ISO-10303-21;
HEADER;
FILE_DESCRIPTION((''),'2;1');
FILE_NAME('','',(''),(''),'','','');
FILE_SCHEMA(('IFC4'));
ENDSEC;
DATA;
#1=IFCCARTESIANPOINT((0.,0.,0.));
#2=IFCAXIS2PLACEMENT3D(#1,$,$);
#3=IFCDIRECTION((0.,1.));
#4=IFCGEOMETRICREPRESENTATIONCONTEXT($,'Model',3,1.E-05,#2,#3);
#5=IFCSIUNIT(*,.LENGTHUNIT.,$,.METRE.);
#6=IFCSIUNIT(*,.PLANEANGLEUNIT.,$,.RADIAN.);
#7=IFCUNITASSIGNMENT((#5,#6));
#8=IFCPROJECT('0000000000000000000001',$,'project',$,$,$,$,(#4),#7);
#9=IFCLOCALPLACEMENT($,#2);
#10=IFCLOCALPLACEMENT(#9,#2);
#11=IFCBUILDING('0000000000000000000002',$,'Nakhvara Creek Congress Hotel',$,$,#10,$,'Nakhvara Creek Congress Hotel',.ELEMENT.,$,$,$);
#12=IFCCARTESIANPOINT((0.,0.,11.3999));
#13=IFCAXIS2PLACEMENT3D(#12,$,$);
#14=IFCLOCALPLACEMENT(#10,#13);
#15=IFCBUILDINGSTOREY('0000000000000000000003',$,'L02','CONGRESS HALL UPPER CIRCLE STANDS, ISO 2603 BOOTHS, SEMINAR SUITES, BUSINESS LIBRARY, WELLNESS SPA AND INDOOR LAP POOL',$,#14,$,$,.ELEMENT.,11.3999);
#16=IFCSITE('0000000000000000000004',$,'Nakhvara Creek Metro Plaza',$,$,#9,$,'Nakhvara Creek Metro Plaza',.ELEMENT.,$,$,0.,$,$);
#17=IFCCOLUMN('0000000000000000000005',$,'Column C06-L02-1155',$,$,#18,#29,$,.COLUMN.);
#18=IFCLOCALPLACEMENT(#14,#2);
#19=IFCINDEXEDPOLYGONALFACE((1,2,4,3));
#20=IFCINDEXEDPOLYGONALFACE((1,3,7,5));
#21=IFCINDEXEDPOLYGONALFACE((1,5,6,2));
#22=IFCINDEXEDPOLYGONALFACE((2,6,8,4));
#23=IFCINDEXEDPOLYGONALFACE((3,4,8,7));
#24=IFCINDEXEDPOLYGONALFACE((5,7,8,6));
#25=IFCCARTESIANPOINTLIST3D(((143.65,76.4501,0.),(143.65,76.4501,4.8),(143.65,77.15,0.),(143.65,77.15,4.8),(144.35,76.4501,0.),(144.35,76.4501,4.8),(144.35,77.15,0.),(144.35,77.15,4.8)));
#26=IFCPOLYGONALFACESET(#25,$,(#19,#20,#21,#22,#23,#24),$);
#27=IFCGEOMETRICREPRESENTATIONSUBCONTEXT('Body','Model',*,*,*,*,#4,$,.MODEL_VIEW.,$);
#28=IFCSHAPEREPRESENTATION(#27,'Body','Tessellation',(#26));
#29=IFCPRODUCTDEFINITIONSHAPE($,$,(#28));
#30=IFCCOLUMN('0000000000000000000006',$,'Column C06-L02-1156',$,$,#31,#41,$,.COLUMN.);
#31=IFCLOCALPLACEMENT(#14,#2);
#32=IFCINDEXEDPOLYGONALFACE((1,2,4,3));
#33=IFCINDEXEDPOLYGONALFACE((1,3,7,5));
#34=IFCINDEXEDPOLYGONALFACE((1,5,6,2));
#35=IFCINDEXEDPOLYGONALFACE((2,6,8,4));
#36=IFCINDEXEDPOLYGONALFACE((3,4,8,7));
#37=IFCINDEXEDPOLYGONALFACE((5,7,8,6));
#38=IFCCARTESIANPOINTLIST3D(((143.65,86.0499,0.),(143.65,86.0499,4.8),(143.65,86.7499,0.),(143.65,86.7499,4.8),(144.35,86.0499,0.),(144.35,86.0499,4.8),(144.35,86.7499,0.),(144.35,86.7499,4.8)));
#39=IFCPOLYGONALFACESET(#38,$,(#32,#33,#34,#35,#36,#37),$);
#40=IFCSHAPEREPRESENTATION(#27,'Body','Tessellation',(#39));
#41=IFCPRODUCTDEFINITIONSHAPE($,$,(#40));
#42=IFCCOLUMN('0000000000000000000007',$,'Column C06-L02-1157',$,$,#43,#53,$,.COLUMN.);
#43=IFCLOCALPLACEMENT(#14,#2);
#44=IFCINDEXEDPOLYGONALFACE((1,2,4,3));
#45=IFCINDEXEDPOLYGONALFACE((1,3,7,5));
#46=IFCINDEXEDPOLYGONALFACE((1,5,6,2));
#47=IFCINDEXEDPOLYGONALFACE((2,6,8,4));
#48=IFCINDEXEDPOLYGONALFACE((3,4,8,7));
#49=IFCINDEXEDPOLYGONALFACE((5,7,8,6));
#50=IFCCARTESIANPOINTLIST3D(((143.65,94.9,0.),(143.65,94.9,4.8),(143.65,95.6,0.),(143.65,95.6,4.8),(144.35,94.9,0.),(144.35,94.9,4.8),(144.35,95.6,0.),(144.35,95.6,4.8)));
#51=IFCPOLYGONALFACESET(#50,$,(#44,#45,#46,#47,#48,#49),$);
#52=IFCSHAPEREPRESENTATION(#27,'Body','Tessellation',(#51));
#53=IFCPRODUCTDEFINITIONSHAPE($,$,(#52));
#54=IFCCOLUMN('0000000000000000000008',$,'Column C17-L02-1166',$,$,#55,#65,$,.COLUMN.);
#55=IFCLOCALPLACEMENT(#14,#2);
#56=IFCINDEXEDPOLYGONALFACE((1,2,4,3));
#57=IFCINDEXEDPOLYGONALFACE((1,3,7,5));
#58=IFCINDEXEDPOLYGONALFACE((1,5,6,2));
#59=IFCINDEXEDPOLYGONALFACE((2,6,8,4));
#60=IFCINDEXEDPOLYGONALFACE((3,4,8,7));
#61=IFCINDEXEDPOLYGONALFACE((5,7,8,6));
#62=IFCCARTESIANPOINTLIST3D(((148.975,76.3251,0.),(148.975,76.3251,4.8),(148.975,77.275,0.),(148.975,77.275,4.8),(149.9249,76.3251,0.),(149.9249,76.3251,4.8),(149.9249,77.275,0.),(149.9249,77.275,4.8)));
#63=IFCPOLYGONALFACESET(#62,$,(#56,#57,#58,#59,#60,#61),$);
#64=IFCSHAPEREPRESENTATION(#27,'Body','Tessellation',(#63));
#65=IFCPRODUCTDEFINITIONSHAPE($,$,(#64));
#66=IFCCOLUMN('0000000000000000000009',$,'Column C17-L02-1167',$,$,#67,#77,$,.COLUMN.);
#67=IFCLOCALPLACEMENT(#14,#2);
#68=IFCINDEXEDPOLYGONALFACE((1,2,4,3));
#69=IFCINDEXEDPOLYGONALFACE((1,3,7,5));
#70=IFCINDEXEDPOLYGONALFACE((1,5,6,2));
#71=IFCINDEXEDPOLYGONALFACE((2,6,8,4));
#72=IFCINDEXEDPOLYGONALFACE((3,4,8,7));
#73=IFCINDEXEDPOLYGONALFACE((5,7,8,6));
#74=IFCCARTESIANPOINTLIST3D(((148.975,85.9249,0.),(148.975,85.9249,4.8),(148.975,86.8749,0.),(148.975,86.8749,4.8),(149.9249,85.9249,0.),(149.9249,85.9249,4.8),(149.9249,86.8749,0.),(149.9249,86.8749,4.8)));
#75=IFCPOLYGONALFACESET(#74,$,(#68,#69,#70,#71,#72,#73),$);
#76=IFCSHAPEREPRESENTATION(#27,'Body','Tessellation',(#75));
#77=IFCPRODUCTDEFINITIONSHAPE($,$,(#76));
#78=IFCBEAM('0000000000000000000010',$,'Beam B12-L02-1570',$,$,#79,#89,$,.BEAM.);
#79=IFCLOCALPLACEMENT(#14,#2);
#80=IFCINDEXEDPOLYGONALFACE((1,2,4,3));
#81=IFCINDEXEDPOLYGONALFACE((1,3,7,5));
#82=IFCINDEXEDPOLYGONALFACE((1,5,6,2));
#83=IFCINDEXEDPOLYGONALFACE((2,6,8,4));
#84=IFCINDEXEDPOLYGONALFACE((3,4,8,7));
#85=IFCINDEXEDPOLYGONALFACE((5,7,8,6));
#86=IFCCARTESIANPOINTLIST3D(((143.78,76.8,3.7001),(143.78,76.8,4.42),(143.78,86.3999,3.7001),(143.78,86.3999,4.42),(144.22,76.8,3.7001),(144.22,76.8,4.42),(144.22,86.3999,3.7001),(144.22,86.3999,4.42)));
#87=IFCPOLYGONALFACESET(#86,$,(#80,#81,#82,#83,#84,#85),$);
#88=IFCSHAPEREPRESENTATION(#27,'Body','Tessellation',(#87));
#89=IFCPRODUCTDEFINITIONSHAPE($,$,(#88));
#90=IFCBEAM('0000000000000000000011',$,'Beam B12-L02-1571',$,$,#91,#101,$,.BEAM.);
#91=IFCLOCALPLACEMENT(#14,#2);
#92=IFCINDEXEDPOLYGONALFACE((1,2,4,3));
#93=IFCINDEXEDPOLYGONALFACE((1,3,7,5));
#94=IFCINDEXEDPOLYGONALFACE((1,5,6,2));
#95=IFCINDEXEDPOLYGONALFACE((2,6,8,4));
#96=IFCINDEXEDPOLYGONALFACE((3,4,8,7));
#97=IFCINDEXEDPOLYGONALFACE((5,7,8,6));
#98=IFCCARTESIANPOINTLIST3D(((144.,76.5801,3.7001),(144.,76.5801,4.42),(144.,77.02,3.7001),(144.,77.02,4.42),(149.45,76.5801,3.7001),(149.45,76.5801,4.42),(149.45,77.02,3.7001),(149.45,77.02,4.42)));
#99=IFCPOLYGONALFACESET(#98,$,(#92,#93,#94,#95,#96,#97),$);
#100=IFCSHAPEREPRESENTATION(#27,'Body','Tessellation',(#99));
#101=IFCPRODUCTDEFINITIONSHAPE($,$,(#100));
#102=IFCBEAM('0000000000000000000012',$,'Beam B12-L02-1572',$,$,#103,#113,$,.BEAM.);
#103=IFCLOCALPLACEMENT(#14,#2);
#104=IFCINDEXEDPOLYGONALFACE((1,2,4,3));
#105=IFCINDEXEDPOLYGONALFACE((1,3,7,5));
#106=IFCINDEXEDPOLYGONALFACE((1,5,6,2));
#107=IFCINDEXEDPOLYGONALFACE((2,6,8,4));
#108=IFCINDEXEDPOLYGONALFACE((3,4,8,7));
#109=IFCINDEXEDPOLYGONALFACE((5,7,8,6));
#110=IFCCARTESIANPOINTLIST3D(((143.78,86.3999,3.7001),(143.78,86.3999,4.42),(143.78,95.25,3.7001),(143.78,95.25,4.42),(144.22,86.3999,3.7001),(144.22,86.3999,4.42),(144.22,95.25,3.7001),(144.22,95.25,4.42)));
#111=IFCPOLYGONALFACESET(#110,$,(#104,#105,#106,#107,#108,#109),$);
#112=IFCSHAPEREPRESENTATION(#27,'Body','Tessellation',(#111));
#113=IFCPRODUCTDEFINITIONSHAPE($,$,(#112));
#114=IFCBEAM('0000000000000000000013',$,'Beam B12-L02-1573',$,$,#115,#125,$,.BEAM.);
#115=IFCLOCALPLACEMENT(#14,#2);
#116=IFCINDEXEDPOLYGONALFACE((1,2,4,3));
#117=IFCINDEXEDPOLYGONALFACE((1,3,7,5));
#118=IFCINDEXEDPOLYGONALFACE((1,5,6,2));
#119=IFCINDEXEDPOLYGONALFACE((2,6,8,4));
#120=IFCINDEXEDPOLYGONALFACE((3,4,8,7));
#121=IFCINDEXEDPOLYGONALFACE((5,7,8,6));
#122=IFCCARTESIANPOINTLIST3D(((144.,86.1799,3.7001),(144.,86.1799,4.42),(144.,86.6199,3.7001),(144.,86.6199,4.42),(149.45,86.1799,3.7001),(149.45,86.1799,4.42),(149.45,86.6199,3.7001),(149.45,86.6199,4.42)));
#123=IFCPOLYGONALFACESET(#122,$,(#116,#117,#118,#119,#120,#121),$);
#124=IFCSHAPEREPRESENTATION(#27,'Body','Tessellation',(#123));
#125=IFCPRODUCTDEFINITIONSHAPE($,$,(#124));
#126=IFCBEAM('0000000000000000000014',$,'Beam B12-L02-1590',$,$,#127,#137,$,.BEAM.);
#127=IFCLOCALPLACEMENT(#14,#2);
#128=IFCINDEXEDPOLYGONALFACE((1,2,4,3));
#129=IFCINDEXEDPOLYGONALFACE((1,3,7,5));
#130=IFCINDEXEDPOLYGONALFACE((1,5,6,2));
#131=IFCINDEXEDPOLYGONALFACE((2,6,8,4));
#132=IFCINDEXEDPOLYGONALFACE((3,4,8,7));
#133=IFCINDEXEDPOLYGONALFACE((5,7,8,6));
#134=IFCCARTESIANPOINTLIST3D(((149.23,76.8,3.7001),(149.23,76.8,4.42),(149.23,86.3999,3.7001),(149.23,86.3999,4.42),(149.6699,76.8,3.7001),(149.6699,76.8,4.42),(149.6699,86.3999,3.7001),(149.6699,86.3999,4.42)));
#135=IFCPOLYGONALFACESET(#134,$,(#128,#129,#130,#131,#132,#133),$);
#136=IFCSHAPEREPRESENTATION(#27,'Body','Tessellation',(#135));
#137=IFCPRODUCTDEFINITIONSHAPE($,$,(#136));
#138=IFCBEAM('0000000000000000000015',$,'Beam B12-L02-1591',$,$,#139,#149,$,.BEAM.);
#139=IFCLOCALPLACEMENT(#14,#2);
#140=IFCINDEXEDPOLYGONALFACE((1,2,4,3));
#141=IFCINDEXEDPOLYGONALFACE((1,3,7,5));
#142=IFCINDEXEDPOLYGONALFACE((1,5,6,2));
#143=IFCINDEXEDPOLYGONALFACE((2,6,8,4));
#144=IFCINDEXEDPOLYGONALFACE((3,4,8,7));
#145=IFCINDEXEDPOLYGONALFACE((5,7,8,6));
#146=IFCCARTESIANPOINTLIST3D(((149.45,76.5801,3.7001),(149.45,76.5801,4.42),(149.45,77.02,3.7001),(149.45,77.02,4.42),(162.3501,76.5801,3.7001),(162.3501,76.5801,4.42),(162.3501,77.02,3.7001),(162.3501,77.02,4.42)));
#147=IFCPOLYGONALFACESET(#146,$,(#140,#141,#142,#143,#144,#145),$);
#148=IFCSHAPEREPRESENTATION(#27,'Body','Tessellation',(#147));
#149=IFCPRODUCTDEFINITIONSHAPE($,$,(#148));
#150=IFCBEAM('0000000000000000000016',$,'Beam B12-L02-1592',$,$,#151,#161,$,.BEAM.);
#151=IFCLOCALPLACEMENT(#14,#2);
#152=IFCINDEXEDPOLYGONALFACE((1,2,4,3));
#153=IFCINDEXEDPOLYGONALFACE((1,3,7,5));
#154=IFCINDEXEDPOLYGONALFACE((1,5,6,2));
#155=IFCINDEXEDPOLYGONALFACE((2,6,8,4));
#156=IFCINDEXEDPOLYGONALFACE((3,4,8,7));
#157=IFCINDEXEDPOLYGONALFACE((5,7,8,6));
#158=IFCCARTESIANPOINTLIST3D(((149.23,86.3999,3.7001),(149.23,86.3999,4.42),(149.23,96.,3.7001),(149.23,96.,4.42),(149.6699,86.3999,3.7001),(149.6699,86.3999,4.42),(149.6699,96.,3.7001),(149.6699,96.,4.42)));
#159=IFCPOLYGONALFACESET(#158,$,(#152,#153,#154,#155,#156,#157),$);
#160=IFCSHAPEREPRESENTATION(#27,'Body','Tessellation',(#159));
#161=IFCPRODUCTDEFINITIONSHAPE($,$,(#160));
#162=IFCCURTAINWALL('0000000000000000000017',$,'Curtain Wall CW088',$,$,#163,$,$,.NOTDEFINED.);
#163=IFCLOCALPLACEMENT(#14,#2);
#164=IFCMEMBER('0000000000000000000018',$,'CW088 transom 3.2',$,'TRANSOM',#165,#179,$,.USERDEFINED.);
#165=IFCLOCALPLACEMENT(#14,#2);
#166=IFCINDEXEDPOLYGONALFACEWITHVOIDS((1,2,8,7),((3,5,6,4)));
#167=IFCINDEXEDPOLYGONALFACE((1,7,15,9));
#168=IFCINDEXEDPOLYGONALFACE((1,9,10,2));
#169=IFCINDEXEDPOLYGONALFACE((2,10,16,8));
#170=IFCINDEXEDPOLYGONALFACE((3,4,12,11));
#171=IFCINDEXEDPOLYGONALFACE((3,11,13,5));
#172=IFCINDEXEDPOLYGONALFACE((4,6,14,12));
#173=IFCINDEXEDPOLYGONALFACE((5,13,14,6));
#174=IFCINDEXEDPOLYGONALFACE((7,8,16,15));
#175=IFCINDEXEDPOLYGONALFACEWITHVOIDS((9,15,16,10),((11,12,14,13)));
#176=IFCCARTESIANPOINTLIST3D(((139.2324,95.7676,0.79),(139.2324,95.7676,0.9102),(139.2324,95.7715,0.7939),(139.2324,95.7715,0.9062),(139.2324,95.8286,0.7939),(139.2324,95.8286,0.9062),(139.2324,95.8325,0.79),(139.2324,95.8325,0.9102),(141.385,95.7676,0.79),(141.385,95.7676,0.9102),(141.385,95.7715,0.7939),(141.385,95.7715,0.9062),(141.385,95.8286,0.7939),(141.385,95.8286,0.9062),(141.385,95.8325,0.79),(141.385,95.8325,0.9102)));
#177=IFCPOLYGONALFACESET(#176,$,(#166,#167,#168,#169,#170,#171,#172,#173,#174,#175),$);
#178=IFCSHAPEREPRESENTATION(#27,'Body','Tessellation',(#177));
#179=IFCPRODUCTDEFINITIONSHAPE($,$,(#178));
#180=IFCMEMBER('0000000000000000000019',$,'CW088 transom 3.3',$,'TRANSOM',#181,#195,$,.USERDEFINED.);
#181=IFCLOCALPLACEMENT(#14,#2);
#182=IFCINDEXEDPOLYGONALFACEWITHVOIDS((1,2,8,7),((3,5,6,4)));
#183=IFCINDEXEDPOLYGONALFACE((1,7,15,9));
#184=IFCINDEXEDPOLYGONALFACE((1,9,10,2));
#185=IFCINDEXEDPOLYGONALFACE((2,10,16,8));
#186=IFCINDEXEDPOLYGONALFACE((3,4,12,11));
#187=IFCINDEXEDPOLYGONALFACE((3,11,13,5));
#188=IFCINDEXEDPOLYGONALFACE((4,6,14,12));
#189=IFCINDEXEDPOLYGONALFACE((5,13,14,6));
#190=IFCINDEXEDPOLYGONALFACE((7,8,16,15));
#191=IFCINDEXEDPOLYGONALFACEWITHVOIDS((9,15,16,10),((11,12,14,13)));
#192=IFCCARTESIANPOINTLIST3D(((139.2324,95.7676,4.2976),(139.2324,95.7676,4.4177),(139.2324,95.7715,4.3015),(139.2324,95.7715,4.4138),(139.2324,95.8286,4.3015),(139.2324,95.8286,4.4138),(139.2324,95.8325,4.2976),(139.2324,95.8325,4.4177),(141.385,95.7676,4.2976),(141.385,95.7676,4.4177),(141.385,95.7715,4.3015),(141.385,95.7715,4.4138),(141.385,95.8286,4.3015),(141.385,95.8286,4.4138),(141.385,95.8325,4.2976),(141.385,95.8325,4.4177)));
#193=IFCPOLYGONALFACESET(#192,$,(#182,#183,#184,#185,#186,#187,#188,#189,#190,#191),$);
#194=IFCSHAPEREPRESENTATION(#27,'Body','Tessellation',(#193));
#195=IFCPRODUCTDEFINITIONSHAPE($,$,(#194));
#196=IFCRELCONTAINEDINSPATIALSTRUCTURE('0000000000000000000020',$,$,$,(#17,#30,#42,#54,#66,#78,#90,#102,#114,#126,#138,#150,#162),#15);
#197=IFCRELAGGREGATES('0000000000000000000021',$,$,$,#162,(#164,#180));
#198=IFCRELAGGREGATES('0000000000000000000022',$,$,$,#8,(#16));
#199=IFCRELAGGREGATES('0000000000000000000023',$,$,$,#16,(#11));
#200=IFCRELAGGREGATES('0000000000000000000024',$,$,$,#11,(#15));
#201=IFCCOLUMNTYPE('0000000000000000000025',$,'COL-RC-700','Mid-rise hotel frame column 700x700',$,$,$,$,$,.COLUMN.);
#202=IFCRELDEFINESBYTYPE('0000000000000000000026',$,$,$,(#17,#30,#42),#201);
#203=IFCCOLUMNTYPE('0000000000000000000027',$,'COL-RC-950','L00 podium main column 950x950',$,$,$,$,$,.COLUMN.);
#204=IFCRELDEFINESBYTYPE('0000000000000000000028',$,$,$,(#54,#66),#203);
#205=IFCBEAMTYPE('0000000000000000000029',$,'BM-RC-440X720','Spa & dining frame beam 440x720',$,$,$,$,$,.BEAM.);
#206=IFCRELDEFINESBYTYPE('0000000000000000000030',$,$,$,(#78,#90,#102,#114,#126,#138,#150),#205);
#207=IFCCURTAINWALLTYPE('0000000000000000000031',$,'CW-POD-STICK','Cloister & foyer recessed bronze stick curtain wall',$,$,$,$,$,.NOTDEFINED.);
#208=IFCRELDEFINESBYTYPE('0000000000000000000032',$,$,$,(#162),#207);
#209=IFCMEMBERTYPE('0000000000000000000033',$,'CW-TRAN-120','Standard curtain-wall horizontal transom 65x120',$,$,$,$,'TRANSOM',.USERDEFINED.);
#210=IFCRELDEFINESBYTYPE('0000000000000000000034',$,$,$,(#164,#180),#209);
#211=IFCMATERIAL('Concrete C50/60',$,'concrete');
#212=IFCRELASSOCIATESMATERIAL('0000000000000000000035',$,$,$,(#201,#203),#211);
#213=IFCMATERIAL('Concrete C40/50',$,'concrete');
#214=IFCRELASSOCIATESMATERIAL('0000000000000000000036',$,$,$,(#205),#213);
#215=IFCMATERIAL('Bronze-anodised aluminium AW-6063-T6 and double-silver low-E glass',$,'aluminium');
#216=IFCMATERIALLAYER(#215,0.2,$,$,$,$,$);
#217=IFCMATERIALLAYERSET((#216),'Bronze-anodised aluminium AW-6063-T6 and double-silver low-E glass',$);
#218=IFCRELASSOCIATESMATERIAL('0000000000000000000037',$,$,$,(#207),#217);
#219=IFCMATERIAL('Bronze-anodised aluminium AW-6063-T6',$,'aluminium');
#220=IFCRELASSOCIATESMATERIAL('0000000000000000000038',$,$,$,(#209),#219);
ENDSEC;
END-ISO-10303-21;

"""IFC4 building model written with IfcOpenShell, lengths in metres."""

from ifc_helpers import new_model, si_unit, direction, frame, origin, origin_2d, place, context, subcontext, project, spatial, rectangle, hollow_rectangle, extrude, material, layer, layer_set, material_profile, profile_set, type_object, element, aggregate, save


model = new_model("IFC4")

# Units and contexts
model_context = context("Model", 3, precision=1e-05, world=origin(), true_north=direction((0.0, 1.0)))
body_context = subcontext(model_context, "Body", "Model", "MODEL_VIEW")
ifc_project = project(units=[si_unit("LENGTHUNIT", "METRE"), si_unit("PLANEANGLEUNIT", "RADIAN")], contexts=[model_context])

# Site, building, storey
site_placement = place(None, origin())
site = spatial("IfcSite", under=ifc_project, at=site_placement, Name="Nakhvara Creek Metro Plaza", LongName="Nakhvara Creek Metro Plaza", CompositionType="ELEMENT", RefElevation=0.0)
building_placement = place(site_placement, origin())
building = spatial("IfcBuilding", under=site, at=building_placement, Name="Nakhvara Creek Congress Hotel", LongName="Nakhvara Creek Congress Hotel", CompositionType="ELEMENT")
storey_placement = place(building_placement, frame((0.0, 0.0, 11.3999)))
storey = spatial("IfcBuildingStorey", under=building, at=storey_placement, Name="L02", Description="CONGRESS HALL UPPER CIRCLE STANDS, ISO 2603 BOOTHS, SEMINAR SUITES, BUSINESS LIBRARY, WELLNESS SPA AND INDOOR LAP POOL", CompositionType="ELEMENT", Elevation=11.3999)

# Columns
ifc_material_1 = material(Name="Concrete C50/60", Category="concrete")
ifc_material_profile_1 = material_profile(ifc_material_1, rectangle(XDim=0.7, YDim=0.7, at=origin_2d()), Name="RC-COL 700x700", Category="LoadBearing")
ifc_profile_set_1 = profile_set([ifc_material_profile_1], Name="Concrete C50/60")
column_type_1 = type_object("IfcColumnType", Name="COL-RC-700", Description="Mid-rise hotel frame column 700x700", PredefinedType="COLUMN", material=ifc_profile_set_1)
for number, where, z_axis, x_axis, name in (
    (1, (144.0, 76.8, 0.0), (0.0, 0.0, 1.0), (1.0, 0.0, 0.0), "Column C06-L02-1155"),
    (2, (144.0, 86.3999, 0.0), (0.0, 0.0, 1.0), (1.0, 0.0, 0.0), "Column C06-L02-1156"),
    (3, (144.0, 95.25, 0.0), (0.0, 0.0, 1.0), (1.0, 0.0, 0.0), "Column C06-L02-1157"),
):
    element("IfcColumn", number, at=place(storey_placement, frame(where, z_axis=z_axis, x_axis=x_axis)), inside=storey, type_object=column_type_1, Name=name, PredefinedType="COLUMN", context=body_context, shape_type="SweptSolid", body=[
        extrude(rectangle(XDim=0.7, YDim=0.7, at=origin_2d()), origin(), (0.0, 0.0, 1.0), 4.8),
    ])
ifc_material_profile_2 = material_profile(ifc_material_1, rectangle(XDim=0.95, YDim=0.95, at=origin_2d()), Name="RC-COL 950x950", Category="LoadBearing")
ifc_profile_set_2 = profile_set([ifc_material_profile_2], Name="Concrete C50/60")
column_type_2 = type_object("IfcColumnType", Name="COL-RC-950", Description="L00 podium main column 950x950", PredefinedType="COLUMN", material=ifc_profile_set_2)
for number, where, z_axis, x_axis, name in (
    (4, (149.45, 76.8, 0.0), (0.0, 0.0, 1.0), (1.0, 0.0, 0.0), "Column C17-L02-1166"),
    (5, (149.45, 86.3999, 0.0), (0.0, 0.0, 1.0), (1.0, 0.0, 0.0), "Column C17-L02-1167"),
):
    element("IfcColumn", number, at=place(storey_placement, frame(where, z_axis=z_axis, x_axis=x_axis)), inside=storey, type_object=column_type_2, Name=name, PredefinedType="COLUMN", context=body_context, shape_type="SweptSolid", body=[
        extrude(rectangle(XDim=0.95, YDim=0.95, at=origin_2d()), origin(), (0.0, 0.0, 1.0), 4.8),
    ])

# Beams
ifc_material_2 = material(Name="Concrete C40/50", Category="concrete")
ifc_material_profile_3 = material_profile(ifc_material_2, rectangle(XDim=0.4399, YDim=0.72, at=origin_2d()), Name="RC-BM 440x720", Category="LoadBearing")
ifc_profile_set_3 = profile_set([ifc_material_profile_3], Name="Concrete C40/50")
beam_type = type_object("IfcBeamType", Name="BM-RC-440X720", Description="Spa & dining frame beam 440x720", PredefinedType="BEAM", material=ifc_profile_set_3)
beam_1_placement = place(storey_placement, frame((144.0, 76.8, 4.0601), z_axis=(0.0, 1.0, 0.0), x_axis=(-1.0, 0.0, 0.0)))
element("IfcBeam", 6, at=beam_1_placement, inside=storey, type_object=beam_type, Name="Beam B12-L02-1570", PredefinedType="BEAM", context=body_context, shape_type="SweptSolid", body=[
    extrude(rectangle(XDim=0.4399, YDim=0.72, at=origin_2d()), origin(), (0.0, 0.0, 1.0), 9.5999),
])
beam_2_placement = place(storey_placement, frame((144.0, 76.8, 4.0601), z_axis=(1.0, 0.0, 0.0), x_axis=(0.0, 1.0, 0.0)))
element("IfcBeam", 7, at=beam_2_placement, inside=storey, type_object=beam_type, Name="Beam B12-L02-1571", PredefinedType="BEAM", context=body_context, shape_type="SweptSolid", body=[
    extrude(rectangle(XDim=0.4399, YDim=0.72, at=origin_2d()), origin(), (0.0, 0.0, 1.0), 5.45),
])
beam_3_placement = place(storey_placement, frame((144.0, 86.3999, 4.0601), z_axis=(0.0, 1.0, 0.0), x_axis=(-1.0, 0.0, 0.0)))
element("IfcBeam", 8, at=beam_3_placement, inside=storey, type_object=beam_type, Name="Beam B12-L02-1572", PredefinedType="BEAM", context=body_context, shape_type="SweptSolid", body=[
    extrude(rectangle(XDim=0.4399, YDim=0.72, at=origin_2d()), origin(), (0.0, 0.0, 1.0), 8.8501),
])
beam_4_placement = place(storey_placement, frame((144.0, 86.3999, 4.0601), z_axis=(1.0, 0.0, 0.0), x_axis=(0.0, 1.0, 0.0)))
element("IfcBeam", 9, at=beam_4_placement, inside=storey, type_object=beam_type, Name="Beam B12-L02-1573", PredefinedType="BEAM", context=body_context, shape_type="SweptSolid", body=[
    extrude(rectangle(XDim=0.4399, YDim=0.72, at=origin_2d()), origin(), (0.0, 0.0, 1.0), 5.45),
])
beam_5_placement = place(storey_placement, frame((149.45, 76.8, 4.0601), z_axis=(0.0, 1.0, 0.0), x_axis=(-1.0, 0.0, 0.0)))
element("IfcBeam", 10, at=beam_5_placement, inside=storey, type_object=beam_type, Name="Beam B12-L02-1590", PredefinedType="BEAM", context=body_context, shape_type="SweptSolid", body=[
    extrude(rectangle(XDim=0.4399, YDim=0.72, at=origin_2d()), origin(), (0.0, 0.0, 1.0), 9.5999),
])
beam_6_placement = place(storey_placement, frame((149.45, 76.8, 4.0601), z_axis=(1.0, 0.0, 0.0), x_axis=(0.0, 1.0, 0.0)))
element("IfcBeam", 11, at=beam_6_placement, inside=storey, type_object=beam_type, Name="Beam B12-L02-1591", PredefinedType="BEAM", context=body_context, shape_type="SweptSolid", body=[
    extrude(rectangle(XDim=0.4399, YDim=0.72, at=origin_2d()), origin(), (0.0, 0.0, 1.0), 12.9001),
])
beam_7_placement = place(storey_placement, frame((149.45, 86.3999, 4.0601), z_axis=(0.0, 1.0, 0.0), x_axis=(-1.0, 0.0, 0.0)))
element("IfcBeam", 12, at=beam_7_placement, inside=storey, type_object=beam_type, Name="Beam B12-L02-1592", PredefinedType="BEAM", context=body_context, shape_type="SweptSolid", body=[
    extrude(rectangle(XDim=0.4399, YDim=0.72, at=origin_2d()), origin(), (0.0, 0.0, 1.0), 9.6001),
])

# Curtain wall, members
ifc_material_3 = material(Name="Bronze-anodised aluminium AW-6063-T6 and double-silver low-E glass", Category="aluminium")
ifc_layer_1 = layer(ifc_material_3, 0.2)
ifc_layer_set_1 = layer_set([ifc_layer_1], Name="Bronze-anodised aluminium AW-6063-T6 and double-silver low-E glass")
curtain_wall_type = type_object("IfcCurtainWallType", Name="CW-POD-STICK", Description="Cloister & foyer recessed bronze stick curtain wall", PredefinedType="NOTDEFINED", material=ifc_layer_set_1)
curtain_wall_placement = place(storey_placement, origin())
curtain_wall = element("IfcCurtainWall", 13, at=curtain_wall_placement, inside=storey, type_object=curtain_wall_type, Name="Curtain Wall CW088", PredefinedType="NOTDEFINED")
ifc_material_4 = material(Name="Bronze-anodised aluminium AW-6063-T6", Category="aluminium")
ifc_material_profile_4 = material_profile(ifc_material_4, hollow_rectangle(XDim=0.0649, YDim=0.1201, WallThickness=0.0039, at=origin_2d()), Name="ALU-TRAN 65x120x4", Category="LoadBearing")
ifc_profile_set_4 = profile_set([ifc_material_profile_4], Name="Bronze-anodised aluminium AW-6063-T6")
member_type = type_object("IfcMemberType", Name="CW-TRAN-120", Description="Standard curtain-wall horizontal transom 65x120", ElementType="TRANSOM", PredefinedType="USERDEFINED", material=ifc_profile_set_4)
member_1_placement = place(storey_placement, frame((139.2324, 95.8, 0.8501), z_axis=(1.0, 0.0, 0.0), x_axis=(0.0, 1.0, 0.0)))
member_1 = element("IfcMember", 14, at=member_1_placement, type_object=member_type, Name="CW088 transom 3.2", ObjectType="TRANSOM", PredefinedType="USERDEFINED", context=body_context, shape_type="SweptSolid", body=[
    extrude(hollow_rectangle(XDim=0.0649, YDim=0.1201, WallThickness=0.0039, at=origin_2d()), origin(), (0.0, 0.0, 1.0), 2.1526),
])
member_2_placement = place(storey_placement, frame((139.2324, 95.8, 4.3577), z_axis=(1.0, 0.0, 0.0), x_axis=(0.0, 1.0, 0.0)))
member_2 = element("IfcMember", 15, at=member_2_placement, type_object=member_type, Name="CW088 transom 3.3", ObjectType="TRANSOM", PredefinedType="USERDEFINED", context=body_context, shape_type="SweptSolid", body=[
    extrude(hollow_rectangle(XDim=0.0649, YDim=0.1201, WallThickness=0.0039, at=origin_2d()), origin(), (0.0, 0.0, 1.0), 2.1526),
])
aggregate(curtain_wall, [member_1, member_2])

save(model, "model.ifc")
